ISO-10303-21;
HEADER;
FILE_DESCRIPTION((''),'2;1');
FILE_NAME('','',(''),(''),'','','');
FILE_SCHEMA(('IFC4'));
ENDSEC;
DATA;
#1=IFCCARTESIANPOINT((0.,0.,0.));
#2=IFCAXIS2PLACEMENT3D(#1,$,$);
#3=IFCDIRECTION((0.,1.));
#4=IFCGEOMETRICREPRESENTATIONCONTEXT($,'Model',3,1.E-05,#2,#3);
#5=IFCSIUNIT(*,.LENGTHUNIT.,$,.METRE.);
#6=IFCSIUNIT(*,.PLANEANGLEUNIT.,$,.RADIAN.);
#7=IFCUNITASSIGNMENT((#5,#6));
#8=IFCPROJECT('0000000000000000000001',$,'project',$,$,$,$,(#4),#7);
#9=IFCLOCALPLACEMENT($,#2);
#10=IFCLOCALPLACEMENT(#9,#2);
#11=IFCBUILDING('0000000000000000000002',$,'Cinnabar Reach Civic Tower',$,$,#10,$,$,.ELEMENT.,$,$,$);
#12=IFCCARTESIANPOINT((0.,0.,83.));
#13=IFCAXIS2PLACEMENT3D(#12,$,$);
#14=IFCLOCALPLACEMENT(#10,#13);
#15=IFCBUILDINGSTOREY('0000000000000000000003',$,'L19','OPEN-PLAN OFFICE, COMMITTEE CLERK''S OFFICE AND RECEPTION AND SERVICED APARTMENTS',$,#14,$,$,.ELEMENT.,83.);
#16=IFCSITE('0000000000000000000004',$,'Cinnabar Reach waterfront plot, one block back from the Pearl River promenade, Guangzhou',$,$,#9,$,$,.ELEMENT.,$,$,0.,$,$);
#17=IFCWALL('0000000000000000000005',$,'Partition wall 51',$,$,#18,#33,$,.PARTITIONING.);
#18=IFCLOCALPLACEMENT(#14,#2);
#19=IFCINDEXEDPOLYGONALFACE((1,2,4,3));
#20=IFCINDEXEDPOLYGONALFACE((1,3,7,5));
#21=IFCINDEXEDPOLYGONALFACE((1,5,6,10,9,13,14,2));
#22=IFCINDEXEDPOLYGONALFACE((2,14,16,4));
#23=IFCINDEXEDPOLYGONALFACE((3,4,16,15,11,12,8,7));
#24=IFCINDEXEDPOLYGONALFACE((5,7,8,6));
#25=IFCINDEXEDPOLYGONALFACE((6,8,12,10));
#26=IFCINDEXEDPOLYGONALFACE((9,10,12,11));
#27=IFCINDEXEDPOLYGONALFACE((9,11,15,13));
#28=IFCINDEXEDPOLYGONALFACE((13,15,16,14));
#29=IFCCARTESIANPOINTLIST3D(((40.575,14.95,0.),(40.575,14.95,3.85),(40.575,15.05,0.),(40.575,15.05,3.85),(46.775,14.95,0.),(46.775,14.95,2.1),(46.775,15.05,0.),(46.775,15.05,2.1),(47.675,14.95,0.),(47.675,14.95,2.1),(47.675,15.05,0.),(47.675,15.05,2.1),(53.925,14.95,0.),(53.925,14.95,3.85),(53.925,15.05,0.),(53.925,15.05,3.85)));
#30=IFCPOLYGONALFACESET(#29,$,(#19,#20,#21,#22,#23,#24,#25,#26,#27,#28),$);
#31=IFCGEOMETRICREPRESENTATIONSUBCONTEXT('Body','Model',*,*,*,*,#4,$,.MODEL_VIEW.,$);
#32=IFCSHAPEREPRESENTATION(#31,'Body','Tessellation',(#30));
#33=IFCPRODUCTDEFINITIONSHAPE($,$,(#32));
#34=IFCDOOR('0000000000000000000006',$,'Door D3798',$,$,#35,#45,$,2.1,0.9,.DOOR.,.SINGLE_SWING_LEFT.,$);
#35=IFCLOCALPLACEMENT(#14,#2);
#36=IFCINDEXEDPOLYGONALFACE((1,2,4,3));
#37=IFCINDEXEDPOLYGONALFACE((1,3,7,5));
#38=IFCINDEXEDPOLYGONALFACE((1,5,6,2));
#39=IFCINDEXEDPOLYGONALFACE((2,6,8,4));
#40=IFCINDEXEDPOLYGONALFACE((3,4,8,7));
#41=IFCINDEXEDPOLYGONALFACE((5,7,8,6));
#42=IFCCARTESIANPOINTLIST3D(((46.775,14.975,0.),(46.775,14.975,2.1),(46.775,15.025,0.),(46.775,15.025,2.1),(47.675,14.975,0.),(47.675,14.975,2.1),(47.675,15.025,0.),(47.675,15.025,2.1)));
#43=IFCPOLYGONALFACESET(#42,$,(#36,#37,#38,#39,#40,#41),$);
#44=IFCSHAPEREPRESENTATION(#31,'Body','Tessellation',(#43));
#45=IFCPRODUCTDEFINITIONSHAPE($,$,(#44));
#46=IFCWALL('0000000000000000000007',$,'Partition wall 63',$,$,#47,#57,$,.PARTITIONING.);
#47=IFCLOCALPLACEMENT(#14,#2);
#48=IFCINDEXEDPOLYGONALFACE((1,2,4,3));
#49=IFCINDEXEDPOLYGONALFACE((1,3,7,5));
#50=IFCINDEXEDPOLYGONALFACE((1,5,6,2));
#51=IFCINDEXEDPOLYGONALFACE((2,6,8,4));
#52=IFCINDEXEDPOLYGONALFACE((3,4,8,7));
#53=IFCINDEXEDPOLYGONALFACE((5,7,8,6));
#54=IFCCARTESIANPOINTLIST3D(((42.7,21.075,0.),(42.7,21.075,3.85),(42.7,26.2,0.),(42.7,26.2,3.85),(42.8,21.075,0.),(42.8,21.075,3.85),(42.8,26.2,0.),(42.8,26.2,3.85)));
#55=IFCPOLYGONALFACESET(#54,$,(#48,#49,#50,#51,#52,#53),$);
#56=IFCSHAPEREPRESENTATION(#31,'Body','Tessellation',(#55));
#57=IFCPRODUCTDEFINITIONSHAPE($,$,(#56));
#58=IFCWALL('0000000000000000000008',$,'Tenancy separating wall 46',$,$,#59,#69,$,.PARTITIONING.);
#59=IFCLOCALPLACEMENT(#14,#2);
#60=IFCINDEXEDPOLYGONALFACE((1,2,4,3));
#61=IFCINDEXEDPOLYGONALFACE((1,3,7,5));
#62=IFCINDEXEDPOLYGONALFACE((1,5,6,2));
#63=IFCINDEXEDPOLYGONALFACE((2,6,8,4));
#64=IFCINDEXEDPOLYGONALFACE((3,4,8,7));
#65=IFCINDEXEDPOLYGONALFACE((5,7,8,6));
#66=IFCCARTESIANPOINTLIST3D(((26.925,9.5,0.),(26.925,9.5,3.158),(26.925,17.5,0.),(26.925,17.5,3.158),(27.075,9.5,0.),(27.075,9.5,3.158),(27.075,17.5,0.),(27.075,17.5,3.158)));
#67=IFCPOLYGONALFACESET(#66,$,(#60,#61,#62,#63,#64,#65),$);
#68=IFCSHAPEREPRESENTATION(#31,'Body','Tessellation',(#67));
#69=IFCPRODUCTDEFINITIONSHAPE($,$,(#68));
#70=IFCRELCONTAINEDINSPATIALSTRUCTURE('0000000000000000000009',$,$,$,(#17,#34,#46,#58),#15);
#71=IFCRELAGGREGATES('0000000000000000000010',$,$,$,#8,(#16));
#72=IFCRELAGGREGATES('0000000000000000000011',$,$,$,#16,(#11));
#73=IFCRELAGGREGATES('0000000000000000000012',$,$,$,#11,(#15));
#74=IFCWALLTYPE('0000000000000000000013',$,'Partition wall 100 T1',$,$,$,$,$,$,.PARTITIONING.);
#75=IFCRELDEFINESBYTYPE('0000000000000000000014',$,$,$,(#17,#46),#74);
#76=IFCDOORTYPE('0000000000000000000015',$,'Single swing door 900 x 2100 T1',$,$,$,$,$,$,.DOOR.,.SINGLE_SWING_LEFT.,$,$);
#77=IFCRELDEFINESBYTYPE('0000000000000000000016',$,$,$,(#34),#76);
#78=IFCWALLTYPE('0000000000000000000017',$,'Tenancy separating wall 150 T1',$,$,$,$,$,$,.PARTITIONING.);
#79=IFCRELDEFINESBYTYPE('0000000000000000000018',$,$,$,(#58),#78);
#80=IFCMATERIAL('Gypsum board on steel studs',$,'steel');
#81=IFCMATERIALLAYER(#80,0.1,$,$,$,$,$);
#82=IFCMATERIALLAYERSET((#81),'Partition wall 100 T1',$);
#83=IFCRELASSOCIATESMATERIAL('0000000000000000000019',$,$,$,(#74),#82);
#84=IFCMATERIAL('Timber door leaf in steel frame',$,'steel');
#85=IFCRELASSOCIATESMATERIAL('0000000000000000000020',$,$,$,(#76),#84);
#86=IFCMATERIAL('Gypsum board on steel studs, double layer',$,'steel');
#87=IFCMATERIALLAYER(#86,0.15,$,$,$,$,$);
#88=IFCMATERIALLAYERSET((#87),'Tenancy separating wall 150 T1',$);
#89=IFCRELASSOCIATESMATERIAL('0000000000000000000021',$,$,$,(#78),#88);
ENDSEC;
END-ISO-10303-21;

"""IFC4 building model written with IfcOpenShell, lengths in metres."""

from ifc_helpers import new_model, si_unit, direction, frame, frame_2d, origin, place, context, subcontext, project, spatial, rectangle, extrude, material, layer, layer_set, type_object, element, fill, save


model = new_model("IFC4")

# Units and contexts
model_context = context("Model", 3, precision=1e-05, world=origin(), true_north=direction((0.0, 1.0)))
body_context = subcontext(model_context, "Body", "Model", "MODEL_VIEW")
ifc_project = project(units=[si_unit("LENGTHUNIT", "METRE"), si_unit("PLANEANGLEUNIT", "RADIAN")], contexts=[model_context])

# Site, building, storey
site_placement = place(None, origin())
site = spatial("IfcSite", under=ifc_project, at=site_placement, Name="Cinnabar Reach waterfront plot, one block back from the Pearl River promenade, Guangzhou", CompositionType="ELEMENT", RefElevation=0.0)
building_placement = place(site_placement, origin())
building = spatial("IfcBuilding", under=site, at=building_placement, Name="Cinnabar Reach Civic Tower", CompositionType="ELEMENT")
storey_placement = place(building_placement, frame((0.0, 0.0, 83.0)))
storey = spatial("IfcBuildingStorey", under=building, at=storey_placement, Name="L19", Description="OPEN-PLAN OFFICE, COMMITTEE CLERK'S OFFICE AND RECEPTION AND SERVICED APARTMENTS", CompositionType="ELEMENT", Elevation=83.0)

# Shared definitions
ifc_material_1 = material(Name="Gypsum board on steel studs, double layer", Category="steel")

# Shared definitions
ifc_material_2 = material(Name="Timber door leaf in steel frame", Category="steel")

# Shared definitions
ifc_material_3 = material(Name="Gypsum board on steel studs", Category="steel")
ifc_layer_1 = layer(ifc_material_3, 0.1)
ifc_layer_set_1 = layer_set([ifc_layer_1], Name="Partition wall 100 T1")
wall_type_1 = type_object("IfcWallType", Name="Partition wall 100 T1", PredefinedType="PARTITIONING", material=ifc_layer_set_1)
door_type_1 = type_object("IfcDoorType", Name="Single swing door 900 x 2100 T1", OperationType="SINGLE_SWING_LEFT", PredefinedType="DOOR", material=ifc_material_2)

# Wall, opening, door
wall_1_placement = place(storey_placement, frame((40.575, 15.0, 0.0), z_axis=(0.0, 0.0, 1.0), x_axis=(1.0, 0.0, 0.0)))
wall_1 = element("IfcWall", 1, at=wall_1_placement, inside=storey, type_object=wall_type_1, Name="Partition wall 51", PredefinedType="PARTITIONING", context=body_context, shape_type="SweptSolid", body=[
    extrude(rectangle(XDim=13.35, YDim=0.1, at=frame_2d((6.675, 0.0))), origin(), (0.0, 0.0, 1.0), 3.85),
])
opening_1_placement = place(wall_1_placement, frame((6.2, 0.0, 0.0)))
opening_1 = element("IfcOpeningElement", 2, at=opening_1_placement, cuts=wall_1, PredefinedType="OPENING", context=body_context, shape_type="SweptSolid", body=[
    extrude(rectangle(XDim=0.9, YDim=2.1, at=frame_2d((0.45, 1.05))), frame((0.0, 0.06, 0.0), z_axis=(0.0, -1.0, 0.0), x_axis=(1.0, 0.0, 0.0)), (0.0, 0.0, 1.0), 0.12),
])
door_1_placement = place(opening_1_placement, origin())
door_1 = element("IfcDoor", 3, at=door_1_placement, inside=storey, type_object=door_type_1, Name="Door D3798", OperationType="SINGLE_SWING_LEFT", OverallHeight=2.1, OverallWidth=0.9, PredefinedType="DOOR", context=body_context, shape_type="SweptSolid", body=[
    extrude(rectangle(XDim=0.9, YDim=2.1, at=frame_2d((0.45, 1.05))), frame((0.0, 0.025, 0.0), z_axis=(0.0, -1.0, 0.0), x_axis=(1.0, 0.0, 0.0)), (0.0, 0.0, 1.0), 0.05),
])
fill(opening_1, door_1)

# Walls
wall_2_placement = place(storey_placement, frame((42.75, 21.075, 0.0), z_axis=(0.0, 0.0, 1.0), x_axis=(0.0, 1.0, 0.0)))
element("IfcWall", 4, at=wall_2_placement, inside=storey, type_object=wall_type_1, Name="Partition wall 63", PredefinedType="PARTITIONING", context=body_context, shape_type="SweptSolid", body=[
    extrude(rectangle(XDim=5.125, YDim=0.1, at=frame_2d((2.5625, 0.0))), origin(), (0.0, 0.0, 1.0), 3.85),
])
ifc_layer_2 = layer(ifc_material_1, 0.15)
ifc_layer_set_2 = layer_set([ifc_layer_2], Name="Tenancy separating wall 150 T1")
wall_type_2 = type_object("IfcWallType", Name="Tenancy separating wall 150 T1", PredefinedType="PARTITIONING", material=ifc_layer_set_2)
wall_3_placement = place(storey_placement, frame((27.0, 9.5, 0.0), z_axis=(0.0, 0.0, 1.0), x_axis=(0.0, 1.0, 0.0)))
element("IfcWall", 5, at=wall_3_placement, inside=storey, type_object=wall_type_2, Name="Tenancy separating wall 46", PredefinedType="PARTITIONING", context=body_context, shape_type="SweptSolid", body=[
    extrude(rectangle(XDim=8.0, YDim=0.15, at=frame_2d((4.0, 0.0))), origin(), (0.0, 0.0, 1.0), 3.158),
])

save(model, "model.ifc")
